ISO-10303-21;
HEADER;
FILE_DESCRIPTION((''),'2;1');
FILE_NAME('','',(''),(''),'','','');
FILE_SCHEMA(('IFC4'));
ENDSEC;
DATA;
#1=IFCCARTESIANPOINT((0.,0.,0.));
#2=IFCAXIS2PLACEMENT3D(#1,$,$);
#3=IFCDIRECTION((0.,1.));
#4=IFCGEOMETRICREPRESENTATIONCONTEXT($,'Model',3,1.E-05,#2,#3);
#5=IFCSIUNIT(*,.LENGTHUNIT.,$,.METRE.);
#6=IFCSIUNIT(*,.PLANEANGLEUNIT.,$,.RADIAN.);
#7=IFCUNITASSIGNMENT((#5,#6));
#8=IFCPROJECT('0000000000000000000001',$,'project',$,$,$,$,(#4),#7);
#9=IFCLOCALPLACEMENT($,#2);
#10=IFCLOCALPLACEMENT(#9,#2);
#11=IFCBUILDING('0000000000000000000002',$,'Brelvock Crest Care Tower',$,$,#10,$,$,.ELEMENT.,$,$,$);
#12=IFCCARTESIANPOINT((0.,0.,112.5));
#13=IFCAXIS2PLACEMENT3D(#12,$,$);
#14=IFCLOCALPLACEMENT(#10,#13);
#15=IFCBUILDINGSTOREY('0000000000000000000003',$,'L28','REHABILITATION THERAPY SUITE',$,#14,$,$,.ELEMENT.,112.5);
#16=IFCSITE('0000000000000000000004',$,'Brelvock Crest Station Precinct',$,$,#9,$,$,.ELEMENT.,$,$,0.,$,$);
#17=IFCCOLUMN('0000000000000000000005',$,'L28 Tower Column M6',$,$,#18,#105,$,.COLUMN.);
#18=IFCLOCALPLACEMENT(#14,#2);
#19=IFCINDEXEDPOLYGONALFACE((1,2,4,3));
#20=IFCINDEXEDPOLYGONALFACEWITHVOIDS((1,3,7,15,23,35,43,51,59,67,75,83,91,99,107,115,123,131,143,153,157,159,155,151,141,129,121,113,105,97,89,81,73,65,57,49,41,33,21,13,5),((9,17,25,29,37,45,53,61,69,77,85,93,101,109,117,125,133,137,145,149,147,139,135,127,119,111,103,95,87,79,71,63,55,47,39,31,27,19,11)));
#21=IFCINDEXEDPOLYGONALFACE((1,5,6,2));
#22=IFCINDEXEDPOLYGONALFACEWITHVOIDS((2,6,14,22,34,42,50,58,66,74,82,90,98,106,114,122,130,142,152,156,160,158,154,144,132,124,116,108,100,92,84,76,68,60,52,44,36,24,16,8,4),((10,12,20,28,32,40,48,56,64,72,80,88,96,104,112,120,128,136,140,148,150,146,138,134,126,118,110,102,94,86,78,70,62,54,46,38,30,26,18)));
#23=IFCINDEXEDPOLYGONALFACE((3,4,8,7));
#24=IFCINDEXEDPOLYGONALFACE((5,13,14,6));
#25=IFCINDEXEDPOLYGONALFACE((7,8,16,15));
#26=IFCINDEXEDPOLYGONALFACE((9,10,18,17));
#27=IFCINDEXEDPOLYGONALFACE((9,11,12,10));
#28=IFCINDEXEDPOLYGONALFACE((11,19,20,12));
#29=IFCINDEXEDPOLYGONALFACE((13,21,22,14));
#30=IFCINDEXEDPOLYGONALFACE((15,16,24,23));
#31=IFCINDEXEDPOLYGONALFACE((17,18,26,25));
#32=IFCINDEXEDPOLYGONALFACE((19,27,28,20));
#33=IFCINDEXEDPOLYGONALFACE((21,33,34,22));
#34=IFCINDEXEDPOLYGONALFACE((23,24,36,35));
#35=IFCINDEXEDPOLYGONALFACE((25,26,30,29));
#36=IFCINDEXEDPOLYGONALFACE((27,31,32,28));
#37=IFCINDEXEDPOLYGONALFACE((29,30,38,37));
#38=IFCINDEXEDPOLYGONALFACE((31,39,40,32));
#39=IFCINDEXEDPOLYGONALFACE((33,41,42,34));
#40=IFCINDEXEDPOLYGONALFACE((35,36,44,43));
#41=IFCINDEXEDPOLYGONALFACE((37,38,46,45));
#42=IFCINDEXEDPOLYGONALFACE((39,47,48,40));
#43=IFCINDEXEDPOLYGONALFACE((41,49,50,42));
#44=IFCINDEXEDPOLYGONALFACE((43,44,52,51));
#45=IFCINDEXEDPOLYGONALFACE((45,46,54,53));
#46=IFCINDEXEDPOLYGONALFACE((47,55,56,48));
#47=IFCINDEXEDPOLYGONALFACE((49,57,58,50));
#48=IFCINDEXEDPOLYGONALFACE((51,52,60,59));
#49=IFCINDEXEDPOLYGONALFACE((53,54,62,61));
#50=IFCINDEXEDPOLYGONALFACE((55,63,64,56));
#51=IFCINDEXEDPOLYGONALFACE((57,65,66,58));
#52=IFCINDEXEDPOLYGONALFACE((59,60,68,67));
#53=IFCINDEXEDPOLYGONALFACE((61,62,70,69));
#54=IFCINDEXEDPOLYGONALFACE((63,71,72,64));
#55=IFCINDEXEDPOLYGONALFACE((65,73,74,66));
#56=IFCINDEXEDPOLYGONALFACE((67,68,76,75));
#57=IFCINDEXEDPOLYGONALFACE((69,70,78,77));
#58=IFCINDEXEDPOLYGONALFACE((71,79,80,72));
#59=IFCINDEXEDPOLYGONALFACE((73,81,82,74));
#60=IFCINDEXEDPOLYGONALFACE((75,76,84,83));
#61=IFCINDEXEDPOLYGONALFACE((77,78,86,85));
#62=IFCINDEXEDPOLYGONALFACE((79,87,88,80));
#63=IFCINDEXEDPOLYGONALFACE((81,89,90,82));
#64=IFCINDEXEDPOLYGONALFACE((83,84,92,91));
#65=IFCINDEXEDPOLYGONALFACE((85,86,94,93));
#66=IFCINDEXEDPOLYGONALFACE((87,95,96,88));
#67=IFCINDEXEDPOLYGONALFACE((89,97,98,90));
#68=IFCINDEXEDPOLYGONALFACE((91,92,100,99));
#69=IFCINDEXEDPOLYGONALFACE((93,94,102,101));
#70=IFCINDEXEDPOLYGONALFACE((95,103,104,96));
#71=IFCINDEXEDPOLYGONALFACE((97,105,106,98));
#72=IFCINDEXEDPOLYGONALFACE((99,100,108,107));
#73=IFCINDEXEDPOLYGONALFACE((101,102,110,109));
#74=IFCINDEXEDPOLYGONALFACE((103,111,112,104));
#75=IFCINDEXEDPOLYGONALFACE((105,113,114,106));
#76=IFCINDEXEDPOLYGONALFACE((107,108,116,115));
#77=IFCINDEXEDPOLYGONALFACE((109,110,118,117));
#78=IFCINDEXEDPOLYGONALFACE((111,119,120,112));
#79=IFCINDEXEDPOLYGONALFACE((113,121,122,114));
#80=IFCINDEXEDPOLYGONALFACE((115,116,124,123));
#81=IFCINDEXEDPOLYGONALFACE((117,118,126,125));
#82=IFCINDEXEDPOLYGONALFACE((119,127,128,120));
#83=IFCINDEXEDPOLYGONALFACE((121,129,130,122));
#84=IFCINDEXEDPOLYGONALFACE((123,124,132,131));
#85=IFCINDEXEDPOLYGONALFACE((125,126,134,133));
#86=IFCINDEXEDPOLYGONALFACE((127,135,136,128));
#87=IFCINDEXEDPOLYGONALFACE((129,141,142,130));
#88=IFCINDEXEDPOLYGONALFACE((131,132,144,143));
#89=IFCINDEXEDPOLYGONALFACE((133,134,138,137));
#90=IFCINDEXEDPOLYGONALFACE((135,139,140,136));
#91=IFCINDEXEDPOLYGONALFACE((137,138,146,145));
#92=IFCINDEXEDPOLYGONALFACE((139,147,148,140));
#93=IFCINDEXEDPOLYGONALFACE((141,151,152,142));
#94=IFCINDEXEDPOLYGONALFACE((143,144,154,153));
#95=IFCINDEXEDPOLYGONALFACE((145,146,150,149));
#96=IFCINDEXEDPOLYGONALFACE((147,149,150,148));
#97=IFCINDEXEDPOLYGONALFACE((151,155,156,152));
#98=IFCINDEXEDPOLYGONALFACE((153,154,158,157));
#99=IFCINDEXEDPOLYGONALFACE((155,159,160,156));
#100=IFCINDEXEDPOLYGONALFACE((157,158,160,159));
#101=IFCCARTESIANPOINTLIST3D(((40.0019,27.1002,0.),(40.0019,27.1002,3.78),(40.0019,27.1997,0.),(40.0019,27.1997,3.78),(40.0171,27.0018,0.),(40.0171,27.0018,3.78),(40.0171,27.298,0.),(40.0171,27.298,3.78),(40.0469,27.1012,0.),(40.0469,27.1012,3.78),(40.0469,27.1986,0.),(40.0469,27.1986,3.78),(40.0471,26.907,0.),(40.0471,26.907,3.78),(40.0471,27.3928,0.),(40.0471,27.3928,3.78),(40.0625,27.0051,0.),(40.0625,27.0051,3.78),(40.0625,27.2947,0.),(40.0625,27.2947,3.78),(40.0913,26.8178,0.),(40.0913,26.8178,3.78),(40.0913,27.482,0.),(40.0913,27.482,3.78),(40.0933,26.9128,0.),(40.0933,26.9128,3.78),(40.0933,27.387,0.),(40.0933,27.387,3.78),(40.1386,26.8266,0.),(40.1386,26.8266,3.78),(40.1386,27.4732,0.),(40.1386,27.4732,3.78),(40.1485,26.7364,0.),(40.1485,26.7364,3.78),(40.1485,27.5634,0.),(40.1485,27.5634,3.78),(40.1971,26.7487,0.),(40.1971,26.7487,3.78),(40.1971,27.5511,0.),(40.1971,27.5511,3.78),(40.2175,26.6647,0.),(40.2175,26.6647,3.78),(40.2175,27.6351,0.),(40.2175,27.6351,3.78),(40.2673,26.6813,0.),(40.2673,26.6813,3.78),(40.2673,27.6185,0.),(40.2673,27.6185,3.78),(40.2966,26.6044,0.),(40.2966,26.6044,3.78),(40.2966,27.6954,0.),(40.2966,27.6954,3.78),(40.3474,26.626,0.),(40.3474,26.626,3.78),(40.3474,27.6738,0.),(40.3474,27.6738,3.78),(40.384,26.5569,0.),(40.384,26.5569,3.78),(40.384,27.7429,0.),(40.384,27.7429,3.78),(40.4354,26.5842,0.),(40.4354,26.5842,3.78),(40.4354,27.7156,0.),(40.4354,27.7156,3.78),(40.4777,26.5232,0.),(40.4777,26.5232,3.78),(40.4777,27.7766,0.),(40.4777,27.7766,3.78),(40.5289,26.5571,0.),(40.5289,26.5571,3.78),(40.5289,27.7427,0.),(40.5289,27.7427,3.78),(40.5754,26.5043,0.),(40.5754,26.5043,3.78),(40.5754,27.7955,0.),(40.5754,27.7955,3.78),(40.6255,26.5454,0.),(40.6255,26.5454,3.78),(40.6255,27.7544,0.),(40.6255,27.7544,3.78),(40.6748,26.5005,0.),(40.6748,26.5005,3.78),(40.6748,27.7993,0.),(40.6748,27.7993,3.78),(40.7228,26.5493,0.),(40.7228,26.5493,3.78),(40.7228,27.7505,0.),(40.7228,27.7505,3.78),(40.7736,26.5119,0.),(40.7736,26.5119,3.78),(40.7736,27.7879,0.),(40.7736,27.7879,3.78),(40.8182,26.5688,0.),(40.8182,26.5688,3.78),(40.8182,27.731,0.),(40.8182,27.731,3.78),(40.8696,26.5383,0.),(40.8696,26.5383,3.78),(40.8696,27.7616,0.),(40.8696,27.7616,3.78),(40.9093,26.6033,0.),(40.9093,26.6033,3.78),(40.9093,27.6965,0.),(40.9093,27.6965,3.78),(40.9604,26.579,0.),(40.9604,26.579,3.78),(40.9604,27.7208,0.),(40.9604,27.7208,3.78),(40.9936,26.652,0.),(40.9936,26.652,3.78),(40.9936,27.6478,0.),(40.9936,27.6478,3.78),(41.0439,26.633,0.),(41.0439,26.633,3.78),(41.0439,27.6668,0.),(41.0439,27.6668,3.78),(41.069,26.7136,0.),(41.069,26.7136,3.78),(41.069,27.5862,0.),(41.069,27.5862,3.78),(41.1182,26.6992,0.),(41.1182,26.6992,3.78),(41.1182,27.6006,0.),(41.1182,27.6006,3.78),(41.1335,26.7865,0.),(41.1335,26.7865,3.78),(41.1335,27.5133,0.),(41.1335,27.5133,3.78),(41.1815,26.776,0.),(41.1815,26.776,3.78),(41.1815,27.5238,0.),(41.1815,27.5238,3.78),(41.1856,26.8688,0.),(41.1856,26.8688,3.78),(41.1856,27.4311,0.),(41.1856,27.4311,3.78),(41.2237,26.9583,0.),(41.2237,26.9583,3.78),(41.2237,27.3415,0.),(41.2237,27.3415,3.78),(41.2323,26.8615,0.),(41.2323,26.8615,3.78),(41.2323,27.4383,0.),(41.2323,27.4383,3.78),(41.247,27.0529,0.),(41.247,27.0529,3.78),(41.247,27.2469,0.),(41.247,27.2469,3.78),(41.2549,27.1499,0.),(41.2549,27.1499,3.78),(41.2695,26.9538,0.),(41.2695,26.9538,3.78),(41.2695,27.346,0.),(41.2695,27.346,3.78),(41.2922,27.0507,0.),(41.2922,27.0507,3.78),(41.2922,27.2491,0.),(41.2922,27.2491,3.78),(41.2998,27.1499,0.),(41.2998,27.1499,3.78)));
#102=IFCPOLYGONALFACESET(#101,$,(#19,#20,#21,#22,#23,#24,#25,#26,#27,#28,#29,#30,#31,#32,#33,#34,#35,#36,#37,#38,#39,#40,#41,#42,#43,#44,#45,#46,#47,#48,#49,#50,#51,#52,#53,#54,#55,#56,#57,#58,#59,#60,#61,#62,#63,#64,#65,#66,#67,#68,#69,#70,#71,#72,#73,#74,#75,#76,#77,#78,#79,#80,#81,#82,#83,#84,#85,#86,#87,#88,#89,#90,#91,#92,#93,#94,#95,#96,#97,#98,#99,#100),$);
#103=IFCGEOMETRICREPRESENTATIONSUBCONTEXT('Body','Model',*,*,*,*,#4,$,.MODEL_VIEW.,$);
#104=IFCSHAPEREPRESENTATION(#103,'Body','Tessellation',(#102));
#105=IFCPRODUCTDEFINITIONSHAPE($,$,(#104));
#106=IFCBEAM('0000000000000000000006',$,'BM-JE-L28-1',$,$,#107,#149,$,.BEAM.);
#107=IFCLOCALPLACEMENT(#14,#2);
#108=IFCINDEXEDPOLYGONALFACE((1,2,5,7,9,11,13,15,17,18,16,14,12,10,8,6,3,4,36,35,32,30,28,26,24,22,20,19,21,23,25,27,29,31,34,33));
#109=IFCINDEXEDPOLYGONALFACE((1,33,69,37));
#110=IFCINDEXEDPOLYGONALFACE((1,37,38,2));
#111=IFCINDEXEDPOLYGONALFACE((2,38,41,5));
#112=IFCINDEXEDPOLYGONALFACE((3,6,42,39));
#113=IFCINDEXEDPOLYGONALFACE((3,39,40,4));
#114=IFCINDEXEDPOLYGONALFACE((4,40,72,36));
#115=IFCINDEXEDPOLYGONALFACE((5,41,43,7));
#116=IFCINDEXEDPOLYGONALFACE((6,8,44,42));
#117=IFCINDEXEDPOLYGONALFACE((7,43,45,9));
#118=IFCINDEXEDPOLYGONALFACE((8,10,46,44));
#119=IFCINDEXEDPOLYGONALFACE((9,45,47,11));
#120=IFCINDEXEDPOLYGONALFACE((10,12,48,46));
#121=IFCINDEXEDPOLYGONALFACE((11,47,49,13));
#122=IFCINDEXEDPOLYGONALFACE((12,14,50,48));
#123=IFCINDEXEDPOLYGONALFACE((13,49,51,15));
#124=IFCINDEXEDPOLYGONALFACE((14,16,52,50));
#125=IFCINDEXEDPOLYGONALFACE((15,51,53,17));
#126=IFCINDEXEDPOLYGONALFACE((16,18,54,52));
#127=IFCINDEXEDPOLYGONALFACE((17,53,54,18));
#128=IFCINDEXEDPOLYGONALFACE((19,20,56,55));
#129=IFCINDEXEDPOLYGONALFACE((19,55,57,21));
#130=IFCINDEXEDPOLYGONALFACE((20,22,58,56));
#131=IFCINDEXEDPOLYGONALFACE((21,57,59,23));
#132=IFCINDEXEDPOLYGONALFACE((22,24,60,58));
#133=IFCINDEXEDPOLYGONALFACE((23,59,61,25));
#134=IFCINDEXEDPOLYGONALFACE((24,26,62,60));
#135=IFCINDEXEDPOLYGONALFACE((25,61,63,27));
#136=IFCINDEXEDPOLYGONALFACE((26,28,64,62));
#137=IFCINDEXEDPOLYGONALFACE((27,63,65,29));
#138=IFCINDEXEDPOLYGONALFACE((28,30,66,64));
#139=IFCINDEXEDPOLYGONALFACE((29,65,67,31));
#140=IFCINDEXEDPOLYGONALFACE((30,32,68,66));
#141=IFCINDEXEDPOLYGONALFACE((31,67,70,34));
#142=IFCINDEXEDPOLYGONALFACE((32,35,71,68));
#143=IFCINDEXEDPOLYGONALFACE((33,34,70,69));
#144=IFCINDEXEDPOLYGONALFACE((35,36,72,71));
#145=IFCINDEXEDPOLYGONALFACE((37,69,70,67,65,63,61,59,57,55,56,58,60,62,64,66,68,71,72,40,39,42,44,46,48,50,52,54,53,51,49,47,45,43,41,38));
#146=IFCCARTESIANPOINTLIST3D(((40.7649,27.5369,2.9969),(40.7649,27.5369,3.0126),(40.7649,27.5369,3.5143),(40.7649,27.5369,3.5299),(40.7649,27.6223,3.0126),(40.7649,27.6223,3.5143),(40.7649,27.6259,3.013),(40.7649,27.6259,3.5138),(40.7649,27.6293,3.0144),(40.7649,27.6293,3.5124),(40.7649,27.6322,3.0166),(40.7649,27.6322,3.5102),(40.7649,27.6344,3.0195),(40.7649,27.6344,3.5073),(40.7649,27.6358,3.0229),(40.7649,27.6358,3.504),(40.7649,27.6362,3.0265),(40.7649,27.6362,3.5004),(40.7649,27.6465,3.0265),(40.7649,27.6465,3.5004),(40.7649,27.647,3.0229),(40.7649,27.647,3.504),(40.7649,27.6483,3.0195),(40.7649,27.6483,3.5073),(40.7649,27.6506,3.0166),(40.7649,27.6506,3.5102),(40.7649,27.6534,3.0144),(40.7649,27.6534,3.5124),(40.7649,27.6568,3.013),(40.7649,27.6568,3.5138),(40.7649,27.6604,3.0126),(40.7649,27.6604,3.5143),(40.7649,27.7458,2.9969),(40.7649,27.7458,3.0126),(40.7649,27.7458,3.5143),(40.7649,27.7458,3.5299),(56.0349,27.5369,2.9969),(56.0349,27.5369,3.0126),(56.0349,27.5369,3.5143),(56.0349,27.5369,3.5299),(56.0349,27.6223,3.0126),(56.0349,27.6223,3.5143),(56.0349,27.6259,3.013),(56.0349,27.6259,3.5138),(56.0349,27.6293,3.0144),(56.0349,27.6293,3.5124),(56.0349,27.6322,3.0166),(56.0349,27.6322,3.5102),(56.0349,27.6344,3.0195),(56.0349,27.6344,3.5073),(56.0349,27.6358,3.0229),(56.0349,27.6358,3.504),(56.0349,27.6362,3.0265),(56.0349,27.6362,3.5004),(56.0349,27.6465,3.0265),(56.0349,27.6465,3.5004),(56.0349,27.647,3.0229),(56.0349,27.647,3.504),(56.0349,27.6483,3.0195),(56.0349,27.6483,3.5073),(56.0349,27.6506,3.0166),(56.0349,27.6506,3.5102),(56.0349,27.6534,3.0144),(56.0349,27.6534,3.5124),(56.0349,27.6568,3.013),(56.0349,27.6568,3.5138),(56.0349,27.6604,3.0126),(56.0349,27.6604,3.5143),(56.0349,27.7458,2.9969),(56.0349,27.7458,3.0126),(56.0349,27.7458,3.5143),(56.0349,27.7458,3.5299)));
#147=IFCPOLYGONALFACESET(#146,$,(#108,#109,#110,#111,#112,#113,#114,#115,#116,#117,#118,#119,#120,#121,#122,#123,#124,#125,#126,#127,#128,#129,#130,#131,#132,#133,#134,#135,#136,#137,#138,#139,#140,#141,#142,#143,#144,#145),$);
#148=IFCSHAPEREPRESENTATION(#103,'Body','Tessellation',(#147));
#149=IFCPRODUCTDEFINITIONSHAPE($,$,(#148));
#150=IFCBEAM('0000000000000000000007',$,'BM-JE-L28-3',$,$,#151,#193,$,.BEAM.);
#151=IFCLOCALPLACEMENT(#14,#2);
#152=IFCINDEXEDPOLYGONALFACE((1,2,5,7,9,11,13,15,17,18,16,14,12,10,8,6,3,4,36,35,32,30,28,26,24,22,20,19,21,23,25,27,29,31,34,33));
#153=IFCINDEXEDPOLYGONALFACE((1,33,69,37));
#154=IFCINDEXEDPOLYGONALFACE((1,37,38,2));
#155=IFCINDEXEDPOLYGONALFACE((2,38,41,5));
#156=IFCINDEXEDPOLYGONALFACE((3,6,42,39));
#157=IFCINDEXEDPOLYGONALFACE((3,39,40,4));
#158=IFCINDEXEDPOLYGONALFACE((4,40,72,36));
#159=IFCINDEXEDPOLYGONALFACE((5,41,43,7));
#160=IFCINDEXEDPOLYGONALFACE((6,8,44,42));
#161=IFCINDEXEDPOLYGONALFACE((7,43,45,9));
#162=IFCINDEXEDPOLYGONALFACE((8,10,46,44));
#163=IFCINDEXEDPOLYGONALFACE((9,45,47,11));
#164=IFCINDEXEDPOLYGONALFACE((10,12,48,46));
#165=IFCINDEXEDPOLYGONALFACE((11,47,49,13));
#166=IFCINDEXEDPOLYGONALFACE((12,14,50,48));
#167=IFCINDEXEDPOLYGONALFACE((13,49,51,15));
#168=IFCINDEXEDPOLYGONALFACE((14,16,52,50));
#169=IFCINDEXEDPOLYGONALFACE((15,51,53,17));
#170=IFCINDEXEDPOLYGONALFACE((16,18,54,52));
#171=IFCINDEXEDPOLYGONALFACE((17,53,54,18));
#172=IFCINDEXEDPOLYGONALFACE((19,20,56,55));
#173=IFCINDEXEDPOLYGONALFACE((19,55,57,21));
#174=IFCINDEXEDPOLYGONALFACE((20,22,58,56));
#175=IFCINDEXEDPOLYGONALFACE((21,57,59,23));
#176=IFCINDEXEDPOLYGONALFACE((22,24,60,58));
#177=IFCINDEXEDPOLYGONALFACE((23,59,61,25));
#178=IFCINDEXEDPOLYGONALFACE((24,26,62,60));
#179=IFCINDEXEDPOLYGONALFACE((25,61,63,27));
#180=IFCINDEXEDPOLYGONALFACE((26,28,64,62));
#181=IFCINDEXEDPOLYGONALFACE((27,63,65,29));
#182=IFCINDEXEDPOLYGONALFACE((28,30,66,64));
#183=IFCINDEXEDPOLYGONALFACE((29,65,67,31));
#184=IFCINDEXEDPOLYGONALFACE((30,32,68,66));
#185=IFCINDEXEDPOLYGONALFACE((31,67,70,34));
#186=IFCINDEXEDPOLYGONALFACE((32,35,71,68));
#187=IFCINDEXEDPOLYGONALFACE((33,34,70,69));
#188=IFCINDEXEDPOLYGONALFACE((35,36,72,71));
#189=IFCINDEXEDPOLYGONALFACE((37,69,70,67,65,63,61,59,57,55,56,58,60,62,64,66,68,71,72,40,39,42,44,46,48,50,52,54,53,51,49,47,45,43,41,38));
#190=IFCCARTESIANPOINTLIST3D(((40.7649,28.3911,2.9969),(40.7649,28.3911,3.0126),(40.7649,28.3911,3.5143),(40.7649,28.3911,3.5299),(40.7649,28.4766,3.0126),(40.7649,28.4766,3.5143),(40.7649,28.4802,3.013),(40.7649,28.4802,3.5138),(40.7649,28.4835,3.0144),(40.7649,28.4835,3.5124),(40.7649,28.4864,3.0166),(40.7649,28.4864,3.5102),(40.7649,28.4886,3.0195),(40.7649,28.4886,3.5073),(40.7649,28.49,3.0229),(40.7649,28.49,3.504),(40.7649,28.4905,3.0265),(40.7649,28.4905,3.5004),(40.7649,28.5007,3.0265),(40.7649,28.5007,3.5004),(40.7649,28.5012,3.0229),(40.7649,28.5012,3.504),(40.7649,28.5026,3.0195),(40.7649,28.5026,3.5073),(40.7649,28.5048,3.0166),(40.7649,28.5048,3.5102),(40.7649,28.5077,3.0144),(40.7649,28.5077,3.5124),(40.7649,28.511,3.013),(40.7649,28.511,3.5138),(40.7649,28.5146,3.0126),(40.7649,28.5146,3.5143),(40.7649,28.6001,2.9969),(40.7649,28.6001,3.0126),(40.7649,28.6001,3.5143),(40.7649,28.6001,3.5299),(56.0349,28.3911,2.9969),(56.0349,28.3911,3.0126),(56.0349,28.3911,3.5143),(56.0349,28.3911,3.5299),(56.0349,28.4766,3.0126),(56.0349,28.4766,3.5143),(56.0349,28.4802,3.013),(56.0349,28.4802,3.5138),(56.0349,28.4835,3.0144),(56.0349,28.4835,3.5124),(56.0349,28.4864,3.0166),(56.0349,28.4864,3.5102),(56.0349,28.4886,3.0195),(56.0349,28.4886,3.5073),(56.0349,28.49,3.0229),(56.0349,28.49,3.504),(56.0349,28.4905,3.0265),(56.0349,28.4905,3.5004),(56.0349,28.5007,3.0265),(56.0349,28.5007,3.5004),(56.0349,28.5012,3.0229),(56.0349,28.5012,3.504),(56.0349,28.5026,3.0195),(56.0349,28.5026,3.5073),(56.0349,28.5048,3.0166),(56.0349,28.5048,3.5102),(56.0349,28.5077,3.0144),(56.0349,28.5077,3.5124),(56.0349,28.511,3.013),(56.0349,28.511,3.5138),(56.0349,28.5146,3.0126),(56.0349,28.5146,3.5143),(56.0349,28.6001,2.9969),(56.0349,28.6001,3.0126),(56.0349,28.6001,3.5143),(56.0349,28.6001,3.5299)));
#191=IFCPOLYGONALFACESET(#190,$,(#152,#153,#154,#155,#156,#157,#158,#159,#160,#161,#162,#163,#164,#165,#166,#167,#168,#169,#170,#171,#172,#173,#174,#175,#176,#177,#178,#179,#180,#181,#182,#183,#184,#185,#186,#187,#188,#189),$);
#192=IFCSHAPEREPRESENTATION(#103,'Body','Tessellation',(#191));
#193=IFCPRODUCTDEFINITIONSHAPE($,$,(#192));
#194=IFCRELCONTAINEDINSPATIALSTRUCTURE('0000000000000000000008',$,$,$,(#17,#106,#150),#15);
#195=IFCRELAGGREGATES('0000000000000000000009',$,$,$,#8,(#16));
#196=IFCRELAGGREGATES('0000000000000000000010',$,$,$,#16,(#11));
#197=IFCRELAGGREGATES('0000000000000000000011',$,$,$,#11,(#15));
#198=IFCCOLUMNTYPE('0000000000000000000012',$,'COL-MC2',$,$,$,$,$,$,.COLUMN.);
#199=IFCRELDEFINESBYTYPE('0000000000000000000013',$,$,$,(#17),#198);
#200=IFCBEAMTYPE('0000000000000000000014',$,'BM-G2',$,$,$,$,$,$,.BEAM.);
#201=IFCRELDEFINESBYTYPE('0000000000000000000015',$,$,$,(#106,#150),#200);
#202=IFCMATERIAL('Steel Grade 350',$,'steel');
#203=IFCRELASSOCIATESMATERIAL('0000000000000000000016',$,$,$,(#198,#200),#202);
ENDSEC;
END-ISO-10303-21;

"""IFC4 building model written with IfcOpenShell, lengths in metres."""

from ifc_helpers import new_model, si_unit, direction, frame, origin, origin_2d, place, context, subcontext, project, spatial, hollow_circle, i_section, extrude, source, transform, mapped, material, material_profile, profile_set, type_object, element, save


model = new_model("IFC4")

# Units and contexts
model_context = context("Model", 3, precision=1e-05, world=origin(), true_north=direction((0.0, 1.0)))
body_context = subcontext(model_context, "Body", "Model", "MODEL_VIEW")
ifc_project = project(units=[si_unit("LENGTHUNIT", "METRE"), si_unit("PLANEANGLEUNIT", "RADIAN")], contexts=[model_context])

# Site, building, storey
site_placement = place(None, origin())
site = spatial("IfcSite", under=ifc_project, at=site_placement, Name="Brelvock Crest Station Precinct", CompositionType="ELEMENT", RefElevation=0.0)
building_placement = place(site_placement, origin())
building = spatial("IfcBuilding", under=site, at=building_placement, Name="Brelvock Crest Care Tower", CompositionType="ELEMENT")
storey_placement = place(building_placement, frame((0.0, 0.0, 112.5)))
storey = spatial("IfcBuildingStorey", under=building, at=storey_placement, Name="L28", Description="REHABILITATION THERAPY SUITE", CompositionType="ELEMENT", Elevation=112.5)

# Column
ifc_material_1 = material(Name="Steel Grade 350", Category="steel")
ifc_material_profile_1 = material_profile(ifc_material_1, hollow_circle(Radius=0.6499, WallThickness=0.0449, at=origin_2d()), Name="CFT1300x45")
ifc_profile_set_1 = profile_set([ifc_material_profile_1], Name="Steel Grade 350")
column_type = type_object("IfcColumnType", Name="COL-MC2", PredefinedType="COLUMN", material=ifc_profile_set_1)
shared_shape_1 = source(origin(), body_context, "Body", "SweptSolid", [
    extrude(hollow_circle(Radius=0.6499, WallThickness=0.0449, at=origin_2d()), origin(), (0.0, 0.0, 1.0), 3.78),
])
column_placement = place(storey_placement, frame((40.6499, 27.1499, 0.0), z_axis=(0.0, 0.0, 1.0), x_axis=(1.0, 0.0, 0.0)))
element("IfcColumn", 1, at=column_placement, inside=storey, type_object=column_type, Name="L28 Tower Column M6", PredefinedType="COLUMN", context=body_context, shape_type="MappedRepresentation", body=[
    mapped(shared_shape_1, transform((0.0, 0.0, 0.0), x_axis=(1.0, 0.0, 0.0), y_axis=(0.0, 1.0, 0.0), z_axis=(0.0, 0.0, 1.0), scale=1.0)),
])

# Beams
ifc_material_profile_2 = material_profile(ifc_material_1, i_section(OverallWidth=0.209, OverallDepth=0.533, WebThickness=0.0103, FlangeThickness=0.0156, FilletRadius=0.0139, at=origin_2d()), Name="530UB92.4")
ifc_profile_set_2 = profile_set([ifc_material_profile_2], Name="Steel Grade 350")
beam_type_1 = type_object("IfcBeamType", Name="BM-G2", PredefinedType="BEAM", material=ifc_profile_set_2)
shared_shape_2 = source(origin(), body_context, "Body", "SweptSolid", [
    extrude(i_section(OverallWidth=0.209, OverallDepth=0.533, WebThickness=0.0103, FlangeThickness=0.0156, FilletRadius=0.0139, at=origin_2d()), origin(), (0.0, 0.0, 1.0), 15.27),
])
for number, where, z_axis, x_axis, name in (
    (2, (40.7649, 27.6414, 3.2634), (1.0, 0.0, 0.0), (0.0, 1.0, 0.0), "BM-JE-L28-1"),
    (3, (40.7649, 28.4956, 3.2634), (1.0, 0.0, 0.0), (0.0, 1.0, 0.0), "BM-JE-L28-3"),
):
    element("IfcBeam", number, at=place(storey_placement, frame(where, z_axis=z_axis, x_axis=x_axis)), inside=storey, type_object=beam_type_1, Name=name, PredefinedType="BEAM", context=body_context, shape_type="MappedRepresentation", body=[
        mapped(shared_shape_2, transform((0.0, 0.0, 0.0), x_axis=(1.0, 0.0, 0.0), y_axis=(0.0, 1.0, 0.0), z_axis=(0.0, 0.0, 1.0), scale=1.0)),
    ])

save(model, "model.ifc")
